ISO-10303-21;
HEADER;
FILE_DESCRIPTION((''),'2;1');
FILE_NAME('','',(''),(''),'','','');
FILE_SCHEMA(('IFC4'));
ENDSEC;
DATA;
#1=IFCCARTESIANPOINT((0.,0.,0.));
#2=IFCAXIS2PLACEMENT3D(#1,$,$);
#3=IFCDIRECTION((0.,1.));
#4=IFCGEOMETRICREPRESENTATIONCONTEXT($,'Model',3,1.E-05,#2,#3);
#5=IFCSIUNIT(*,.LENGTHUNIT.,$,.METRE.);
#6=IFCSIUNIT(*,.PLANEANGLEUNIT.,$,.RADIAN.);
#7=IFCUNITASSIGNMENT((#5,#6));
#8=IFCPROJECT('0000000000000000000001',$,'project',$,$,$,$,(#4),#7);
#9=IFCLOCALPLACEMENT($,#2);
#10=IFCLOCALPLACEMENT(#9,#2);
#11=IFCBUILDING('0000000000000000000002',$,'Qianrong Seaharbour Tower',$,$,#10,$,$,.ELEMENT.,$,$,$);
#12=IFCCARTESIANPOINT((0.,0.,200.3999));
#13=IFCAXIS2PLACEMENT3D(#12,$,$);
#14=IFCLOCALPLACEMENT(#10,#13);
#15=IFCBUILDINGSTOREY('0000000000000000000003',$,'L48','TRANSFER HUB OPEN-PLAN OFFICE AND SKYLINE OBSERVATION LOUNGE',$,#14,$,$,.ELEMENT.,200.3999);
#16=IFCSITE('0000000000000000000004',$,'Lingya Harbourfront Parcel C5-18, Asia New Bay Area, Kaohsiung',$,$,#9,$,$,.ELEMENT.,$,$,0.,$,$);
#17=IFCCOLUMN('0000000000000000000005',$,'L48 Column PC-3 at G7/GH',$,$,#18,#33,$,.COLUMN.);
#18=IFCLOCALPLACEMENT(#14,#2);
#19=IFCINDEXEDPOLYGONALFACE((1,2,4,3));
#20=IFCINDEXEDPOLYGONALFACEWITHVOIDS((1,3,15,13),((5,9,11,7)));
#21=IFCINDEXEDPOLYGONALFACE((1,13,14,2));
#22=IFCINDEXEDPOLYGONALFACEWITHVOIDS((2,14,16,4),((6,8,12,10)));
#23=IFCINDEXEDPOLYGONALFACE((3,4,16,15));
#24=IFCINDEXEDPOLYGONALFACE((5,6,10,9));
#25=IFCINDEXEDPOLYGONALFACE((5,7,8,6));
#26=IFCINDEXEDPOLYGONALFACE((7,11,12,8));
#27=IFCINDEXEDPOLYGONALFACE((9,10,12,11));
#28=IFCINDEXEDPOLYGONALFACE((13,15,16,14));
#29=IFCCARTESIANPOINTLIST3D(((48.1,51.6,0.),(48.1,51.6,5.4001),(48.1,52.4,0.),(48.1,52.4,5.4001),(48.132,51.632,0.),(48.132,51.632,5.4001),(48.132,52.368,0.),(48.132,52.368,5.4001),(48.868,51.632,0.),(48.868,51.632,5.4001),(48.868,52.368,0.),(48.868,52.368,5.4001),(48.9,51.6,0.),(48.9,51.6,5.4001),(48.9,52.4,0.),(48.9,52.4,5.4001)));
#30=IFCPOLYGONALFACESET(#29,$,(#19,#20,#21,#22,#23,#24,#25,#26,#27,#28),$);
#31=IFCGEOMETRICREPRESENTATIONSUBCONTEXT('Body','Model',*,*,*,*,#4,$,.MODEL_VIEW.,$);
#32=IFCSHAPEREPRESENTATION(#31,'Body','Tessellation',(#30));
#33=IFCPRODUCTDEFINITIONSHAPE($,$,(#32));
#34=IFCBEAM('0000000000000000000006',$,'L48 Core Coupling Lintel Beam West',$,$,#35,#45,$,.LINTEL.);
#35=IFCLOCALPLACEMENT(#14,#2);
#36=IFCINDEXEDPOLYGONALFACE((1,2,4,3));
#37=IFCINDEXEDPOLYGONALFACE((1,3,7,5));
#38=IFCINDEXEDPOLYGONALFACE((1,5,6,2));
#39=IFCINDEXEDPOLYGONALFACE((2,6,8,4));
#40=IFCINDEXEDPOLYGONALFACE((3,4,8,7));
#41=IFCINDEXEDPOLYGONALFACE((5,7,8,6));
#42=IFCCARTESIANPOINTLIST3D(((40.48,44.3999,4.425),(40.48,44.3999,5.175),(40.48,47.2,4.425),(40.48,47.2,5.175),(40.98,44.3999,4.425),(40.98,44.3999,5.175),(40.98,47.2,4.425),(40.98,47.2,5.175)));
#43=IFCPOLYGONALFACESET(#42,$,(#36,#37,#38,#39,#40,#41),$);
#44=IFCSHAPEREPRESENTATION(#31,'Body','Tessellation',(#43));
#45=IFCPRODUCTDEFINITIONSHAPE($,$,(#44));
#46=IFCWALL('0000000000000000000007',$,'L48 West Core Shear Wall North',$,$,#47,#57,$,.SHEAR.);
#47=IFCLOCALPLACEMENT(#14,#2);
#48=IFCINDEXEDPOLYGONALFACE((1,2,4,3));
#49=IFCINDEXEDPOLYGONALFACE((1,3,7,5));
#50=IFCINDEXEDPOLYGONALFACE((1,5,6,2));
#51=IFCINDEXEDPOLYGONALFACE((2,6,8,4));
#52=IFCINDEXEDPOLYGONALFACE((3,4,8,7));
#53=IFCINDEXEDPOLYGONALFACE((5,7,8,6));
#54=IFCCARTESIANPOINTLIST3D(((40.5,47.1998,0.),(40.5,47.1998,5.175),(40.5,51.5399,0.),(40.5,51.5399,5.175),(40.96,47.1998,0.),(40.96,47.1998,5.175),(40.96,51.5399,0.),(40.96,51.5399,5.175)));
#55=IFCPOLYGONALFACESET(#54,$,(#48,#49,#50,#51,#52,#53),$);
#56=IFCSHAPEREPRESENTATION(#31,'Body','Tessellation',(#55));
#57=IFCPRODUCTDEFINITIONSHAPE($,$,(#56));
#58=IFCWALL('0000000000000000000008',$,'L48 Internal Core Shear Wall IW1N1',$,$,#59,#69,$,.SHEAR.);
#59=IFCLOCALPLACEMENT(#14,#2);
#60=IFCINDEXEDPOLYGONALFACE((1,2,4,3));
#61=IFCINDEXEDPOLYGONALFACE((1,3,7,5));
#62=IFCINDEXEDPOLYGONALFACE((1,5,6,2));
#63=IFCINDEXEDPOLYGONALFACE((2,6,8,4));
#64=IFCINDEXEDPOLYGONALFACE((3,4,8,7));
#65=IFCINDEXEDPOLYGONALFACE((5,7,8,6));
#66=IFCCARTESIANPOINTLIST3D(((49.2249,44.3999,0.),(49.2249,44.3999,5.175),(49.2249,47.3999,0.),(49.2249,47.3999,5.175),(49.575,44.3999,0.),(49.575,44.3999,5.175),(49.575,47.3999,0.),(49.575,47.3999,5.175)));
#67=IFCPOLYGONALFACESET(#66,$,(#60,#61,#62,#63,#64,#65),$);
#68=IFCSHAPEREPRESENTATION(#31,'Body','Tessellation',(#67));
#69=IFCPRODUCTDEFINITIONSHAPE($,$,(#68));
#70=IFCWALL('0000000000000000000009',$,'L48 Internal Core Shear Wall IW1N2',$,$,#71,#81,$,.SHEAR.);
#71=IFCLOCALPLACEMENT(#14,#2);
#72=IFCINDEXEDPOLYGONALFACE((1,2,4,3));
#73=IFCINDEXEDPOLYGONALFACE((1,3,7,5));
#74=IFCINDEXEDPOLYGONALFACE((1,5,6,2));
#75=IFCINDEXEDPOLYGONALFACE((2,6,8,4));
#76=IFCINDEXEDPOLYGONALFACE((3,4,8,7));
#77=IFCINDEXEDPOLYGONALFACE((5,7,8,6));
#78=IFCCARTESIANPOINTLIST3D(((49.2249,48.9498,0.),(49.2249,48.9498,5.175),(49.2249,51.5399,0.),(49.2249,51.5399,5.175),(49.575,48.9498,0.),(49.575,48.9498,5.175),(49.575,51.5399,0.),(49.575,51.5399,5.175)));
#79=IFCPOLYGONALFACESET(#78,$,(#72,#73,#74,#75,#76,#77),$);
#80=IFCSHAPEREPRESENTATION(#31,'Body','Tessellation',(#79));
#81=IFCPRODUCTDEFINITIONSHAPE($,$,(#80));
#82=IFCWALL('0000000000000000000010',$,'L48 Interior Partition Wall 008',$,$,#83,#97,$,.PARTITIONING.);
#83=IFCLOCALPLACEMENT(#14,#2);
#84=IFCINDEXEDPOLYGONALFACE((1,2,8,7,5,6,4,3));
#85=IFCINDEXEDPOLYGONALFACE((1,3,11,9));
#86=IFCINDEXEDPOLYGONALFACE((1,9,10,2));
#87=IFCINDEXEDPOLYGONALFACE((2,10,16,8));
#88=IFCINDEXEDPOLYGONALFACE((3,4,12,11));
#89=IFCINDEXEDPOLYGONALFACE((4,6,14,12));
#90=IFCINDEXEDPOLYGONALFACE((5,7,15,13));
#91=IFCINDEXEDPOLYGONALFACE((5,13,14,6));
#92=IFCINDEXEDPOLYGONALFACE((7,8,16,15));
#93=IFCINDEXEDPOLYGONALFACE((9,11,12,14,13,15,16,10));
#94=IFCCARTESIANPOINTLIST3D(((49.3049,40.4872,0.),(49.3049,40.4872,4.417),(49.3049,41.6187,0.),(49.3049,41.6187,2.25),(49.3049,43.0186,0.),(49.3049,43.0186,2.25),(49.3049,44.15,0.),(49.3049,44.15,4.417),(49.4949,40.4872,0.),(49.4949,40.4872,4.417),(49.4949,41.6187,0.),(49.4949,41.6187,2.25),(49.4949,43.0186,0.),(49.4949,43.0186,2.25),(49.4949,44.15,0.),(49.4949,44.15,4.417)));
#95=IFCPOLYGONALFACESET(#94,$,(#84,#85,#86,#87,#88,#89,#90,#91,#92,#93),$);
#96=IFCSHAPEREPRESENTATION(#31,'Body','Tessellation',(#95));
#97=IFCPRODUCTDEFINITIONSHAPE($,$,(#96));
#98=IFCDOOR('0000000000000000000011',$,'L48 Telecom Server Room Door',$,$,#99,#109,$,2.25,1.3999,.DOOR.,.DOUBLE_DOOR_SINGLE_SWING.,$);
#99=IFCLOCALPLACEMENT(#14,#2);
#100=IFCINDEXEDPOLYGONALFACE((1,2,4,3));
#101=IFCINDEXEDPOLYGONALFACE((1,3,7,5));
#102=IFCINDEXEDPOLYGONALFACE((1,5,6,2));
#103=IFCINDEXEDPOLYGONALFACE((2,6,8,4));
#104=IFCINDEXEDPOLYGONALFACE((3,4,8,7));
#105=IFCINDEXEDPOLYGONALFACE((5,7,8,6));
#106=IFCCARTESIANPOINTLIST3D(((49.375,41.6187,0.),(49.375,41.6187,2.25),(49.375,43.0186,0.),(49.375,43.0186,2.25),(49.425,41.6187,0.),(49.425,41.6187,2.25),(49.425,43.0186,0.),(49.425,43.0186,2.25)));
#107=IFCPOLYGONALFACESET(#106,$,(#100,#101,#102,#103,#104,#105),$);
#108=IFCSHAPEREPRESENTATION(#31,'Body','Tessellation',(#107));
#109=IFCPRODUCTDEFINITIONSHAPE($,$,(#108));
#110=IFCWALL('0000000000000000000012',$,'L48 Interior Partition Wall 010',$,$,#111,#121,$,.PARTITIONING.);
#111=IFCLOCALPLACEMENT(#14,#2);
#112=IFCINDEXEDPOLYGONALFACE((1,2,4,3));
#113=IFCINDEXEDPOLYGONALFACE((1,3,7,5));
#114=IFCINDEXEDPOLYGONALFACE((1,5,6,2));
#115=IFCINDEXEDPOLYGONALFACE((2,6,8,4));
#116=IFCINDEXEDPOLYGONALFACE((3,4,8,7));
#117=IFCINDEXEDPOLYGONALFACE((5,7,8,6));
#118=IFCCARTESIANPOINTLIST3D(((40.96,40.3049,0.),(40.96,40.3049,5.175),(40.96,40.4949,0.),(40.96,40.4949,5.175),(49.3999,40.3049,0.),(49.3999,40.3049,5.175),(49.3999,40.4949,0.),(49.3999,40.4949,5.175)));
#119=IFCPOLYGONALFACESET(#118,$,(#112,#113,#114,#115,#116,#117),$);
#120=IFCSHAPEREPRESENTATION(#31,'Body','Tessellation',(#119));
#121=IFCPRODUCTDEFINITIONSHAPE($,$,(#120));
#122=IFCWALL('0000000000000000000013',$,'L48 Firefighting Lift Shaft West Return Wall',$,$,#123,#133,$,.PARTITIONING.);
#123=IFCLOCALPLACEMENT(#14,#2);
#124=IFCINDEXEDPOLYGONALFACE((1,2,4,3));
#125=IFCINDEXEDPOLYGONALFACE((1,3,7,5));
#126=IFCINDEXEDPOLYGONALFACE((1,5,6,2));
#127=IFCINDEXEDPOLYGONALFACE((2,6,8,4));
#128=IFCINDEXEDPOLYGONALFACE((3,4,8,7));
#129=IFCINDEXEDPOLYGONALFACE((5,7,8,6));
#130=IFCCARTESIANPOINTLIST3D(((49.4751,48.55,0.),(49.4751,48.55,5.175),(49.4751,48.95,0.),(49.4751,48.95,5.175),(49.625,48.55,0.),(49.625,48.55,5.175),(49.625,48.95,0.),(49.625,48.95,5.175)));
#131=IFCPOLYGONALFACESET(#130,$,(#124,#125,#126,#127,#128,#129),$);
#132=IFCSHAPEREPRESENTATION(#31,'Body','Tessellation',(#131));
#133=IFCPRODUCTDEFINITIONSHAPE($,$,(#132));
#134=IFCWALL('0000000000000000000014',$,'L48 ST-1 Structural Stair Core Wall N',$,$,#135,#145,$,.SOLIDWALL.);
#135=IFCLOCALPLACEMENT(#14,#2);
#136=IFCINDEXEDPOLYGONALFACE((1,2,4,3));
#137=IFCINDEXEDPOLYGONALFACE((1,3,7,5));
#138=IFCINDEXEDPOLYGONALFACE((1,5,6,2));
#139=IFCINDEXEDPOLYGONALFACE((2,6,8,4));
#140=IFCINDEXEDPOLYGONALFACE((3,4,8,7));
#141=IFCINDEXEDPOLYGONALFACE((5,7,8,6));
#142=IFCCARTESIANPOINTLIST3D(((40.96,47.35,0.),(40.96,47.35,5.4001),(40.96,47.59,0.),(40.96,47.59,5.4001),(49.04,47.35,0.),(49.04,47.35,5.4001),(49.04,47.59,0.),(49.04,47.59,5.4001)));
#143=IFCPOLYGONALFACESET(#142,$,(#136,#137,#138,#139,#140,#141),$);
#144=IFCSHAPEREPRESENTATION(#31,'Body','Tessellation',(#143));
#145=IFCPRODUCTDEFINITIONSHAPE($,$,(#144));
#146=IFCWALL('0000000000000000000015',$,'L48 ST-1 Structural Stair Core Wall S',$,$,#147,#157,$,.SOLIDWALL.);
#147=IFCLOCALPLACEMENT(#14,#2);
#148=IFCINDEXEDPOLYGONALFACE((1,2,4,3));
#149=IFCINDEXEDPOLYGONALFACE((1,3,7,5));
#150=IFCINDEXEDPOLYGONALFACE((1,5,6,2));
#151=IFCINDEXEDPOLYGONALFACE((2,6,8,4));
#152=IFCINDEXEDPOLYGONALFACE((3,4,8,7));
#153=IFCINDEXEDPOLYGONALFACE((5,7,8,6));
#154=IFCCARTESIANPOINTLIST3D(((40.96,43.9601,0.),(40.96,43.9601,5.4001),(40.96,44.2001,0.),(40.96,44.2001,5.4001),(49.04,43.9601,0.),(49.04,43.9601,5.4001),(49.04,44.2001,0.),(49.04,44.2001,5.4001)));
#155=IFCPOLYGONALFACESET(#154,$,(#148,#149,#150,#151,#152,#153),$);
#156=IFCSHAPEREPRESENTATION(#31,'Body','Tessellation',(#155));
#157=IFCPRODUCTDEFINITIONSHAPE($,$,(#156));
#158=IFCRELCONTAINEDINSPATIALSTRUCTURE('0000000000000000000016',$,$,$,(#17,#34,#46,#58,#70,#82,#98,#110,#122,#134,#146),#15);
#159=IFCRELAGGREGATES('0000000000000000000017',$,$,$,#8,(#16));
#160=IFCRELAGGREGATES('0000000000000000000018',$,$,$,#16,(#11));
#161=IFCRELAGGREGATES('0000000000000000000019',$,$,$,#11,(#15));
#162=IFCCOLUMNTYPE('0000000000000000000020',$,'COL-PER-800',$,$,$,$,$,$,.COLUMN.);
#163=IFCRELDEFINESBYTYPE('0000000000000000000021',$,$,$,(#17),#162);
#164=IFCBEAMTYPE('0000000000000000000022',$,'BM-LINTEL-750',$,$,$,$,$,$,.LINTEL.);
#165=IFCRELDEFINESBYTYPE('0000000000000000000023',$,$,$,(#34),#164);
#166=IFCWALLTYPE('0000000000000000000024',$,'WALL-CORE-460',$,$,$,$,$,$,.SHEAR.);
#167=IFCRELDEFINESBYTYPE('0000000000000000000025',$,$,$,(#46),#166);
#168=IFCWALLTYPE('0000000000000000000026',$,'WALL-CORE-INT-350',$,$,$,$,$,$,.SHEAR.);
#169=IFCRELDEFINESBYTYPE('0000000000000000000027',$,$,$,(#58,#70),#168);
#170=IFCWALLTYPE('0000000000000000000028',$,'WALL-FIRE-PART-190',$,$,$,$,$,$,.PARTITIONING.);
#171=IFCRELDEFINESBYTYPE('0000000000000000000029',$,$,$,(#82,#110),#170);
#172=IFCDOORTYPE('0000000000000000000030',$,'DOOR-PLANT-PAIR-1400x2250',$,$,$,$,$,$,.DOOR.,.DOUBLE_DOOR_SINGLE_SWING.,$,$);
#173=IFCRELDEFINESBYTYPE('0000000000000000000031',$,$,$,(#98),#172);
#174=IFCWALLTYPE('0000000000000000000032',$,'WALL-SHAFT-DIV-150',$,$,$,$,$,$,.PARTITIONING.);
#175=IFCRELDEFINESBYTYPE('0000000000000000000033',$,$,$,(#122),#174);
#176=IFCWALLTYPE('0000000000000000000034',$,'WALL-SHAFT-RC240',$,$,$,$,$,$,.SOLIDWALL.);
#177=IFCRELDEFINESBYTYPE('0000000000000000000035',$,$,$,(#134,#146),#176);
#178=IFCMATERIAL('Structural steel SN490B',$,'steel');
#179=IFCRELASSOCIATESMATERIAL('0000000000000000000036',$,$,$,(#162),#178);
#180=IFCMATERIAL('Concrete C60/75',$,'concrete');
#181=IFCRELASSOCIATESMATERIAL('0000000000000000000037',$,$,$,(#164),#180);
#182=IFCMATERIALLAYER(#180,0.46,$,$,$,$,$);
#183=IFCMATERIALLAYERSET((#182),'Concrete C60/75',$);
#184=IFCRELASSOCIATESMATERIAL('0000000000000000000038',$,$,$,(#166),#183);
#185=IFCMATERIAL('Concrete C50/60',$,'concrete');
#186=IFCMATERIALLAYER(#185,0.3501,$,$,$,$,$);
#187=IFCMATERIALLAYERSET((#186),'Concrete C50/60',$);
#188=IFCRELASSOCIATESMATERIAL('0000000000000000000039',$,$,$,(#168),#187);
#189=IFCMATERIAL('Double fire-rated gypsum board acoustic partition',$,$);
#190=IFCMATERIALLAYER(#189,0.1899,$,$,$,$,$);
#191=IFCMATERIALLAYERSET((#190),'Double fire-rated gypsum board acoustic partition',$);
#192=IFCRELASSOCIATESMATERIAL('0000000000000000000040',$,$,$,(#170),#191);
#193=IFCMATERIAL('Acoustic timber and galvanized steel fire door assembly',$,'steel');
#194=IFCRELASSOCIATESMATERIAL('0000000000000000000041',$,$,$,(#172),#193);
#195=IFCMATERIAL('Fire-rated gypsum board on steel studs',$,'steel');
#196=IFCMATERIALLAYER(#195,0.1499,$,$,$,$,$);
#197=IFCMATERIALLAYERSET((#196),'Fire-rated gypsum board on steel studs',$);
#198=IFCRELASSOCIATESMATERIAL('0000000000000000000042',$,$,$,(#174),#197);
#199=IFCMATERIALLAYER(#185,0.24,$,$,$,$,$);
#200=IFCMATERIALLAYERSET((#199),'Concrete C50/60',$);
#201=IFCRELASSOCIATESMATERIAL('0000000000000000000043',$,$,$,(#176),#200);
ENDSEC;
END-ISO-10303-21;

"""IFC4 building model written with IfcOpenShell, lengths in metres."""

from ifc_helpers import new_model, si_unit, direction, frame, frame_2d, origin, origin_2d, place, context, subcontext, project, spatial, rectangle, hollow_rectangle, extrude, material, layer, layer_set, material_profile, profile_set, type_object, element, fill, save


model = new_model("IFC4")

# Units and contexts
model_context = context("Model", 3, precision=1e-05, world=origin(), true_north=direction((0.0, 1.0)))
body_context = subcontext(model_context, "Body", "Model", "MODEL_VIEW")
ifc_project = project(units=[si_unit("LENGTHUNIT", "METRE"), si_unit("PLANEANGLEUNIT", "RADIAN")], contexts=[model_context])

# Site, building, storey
site_placement = place(None, origin())
site = spatial("IfcSite", under=ifc_project, at=site_placement, Name="Lingya Harbourfront Parcel C5-18, Asia New Bay Area, Kaohsiung", CompositionType="ELEMENT", RefElevation=0.0)
building_placement = place(site_placement, origin())
building = spatial("IfcBuilding", under=site, at=building_placement, Name="Qianrong Seaharbour Tower", CompositionType="ELEMENT")
storey_placement = place(building_placement, frame((0.0, 0.0, 200.3999)))
storey = spatial("IfcBuildingStorey", under=building, at=storey_placement, Name="L48", Description="TRANSFER HUB OPEN-PLAN OFFICE AND SKYLINE OBSERVATION LOUNGE", CompositionType="ELEMENT", Elevation=200.3999)

# Column
ifc_material_1 = material(Name="Structural steel SN490B", Category="steel")
ifc_material_profile_1 = material_profile(ifc_material_1, hollow_rectangle(XDim=0.8, YDim=0.8, WallThickness=0.032, at=origin_2d()), Name="BOX800x800x32")
ifc_profile_set_1 = profile_set([ifc_material_profile_1], Name="Structural steel SN490B")
column_type = type_object("IfcColumnType", Name="COL-PER-800", PredefinedType="COLUMN", material=ifc_profile_set_1)
column_placement = place(storey_placement, frame((48.5, 52.0, 0.0), z_axis=(0.0, 0.0, 1.0), x_axis=(1.0, 0.0, 0.0)))
element("IfcColumn", 1, at=column_placement, inside=storey, type_object=column_type, Name="L48 Column PC-3 at G7/GH", PredefinedType="COLUMN", context=body_context, shape_type="SweptSolid", body=[
    extrude(hollow_rectangle(XDim=0.8, YDim=0.8, WallThickness=0.032, at=origin_2d()), origin(), (0.0, 0.0, 1.0), 5.4001),
])

# Beam
ifc_material_2 = material(Name="Concrete C60/75", Category="concrete")
ifc_material_profile_2 = material_profile(ifc_material_2, rectangle(XDim=0.5, YDim=0.75, at=origin_2d()), Name="RC500x750")
ifc_profile_set_2 = profile_set([ifc_material_profile_2], Name="Concrete C60/75")
beam_type = type_object("IfcBeamType", Name="BM-LINTEL-750", PredefinedType="LINTEL", material=ifc_profile_set_2)
beam_placement = place(storey_placement, frame((40.73, 44.3999, 4.8), z_axis=(0.0, 1.0, 0.0), x_axis=(-1.0, 0.0, 0.0)))
element("IfcBeam", 2, at=beam_placement, inside=storey, type_object=beam_type, Name="L48 Core Coupling Lintel Beam West", PredefinedType="LINTEL", context=body_context, shape_type="SweptSolid", body=[
    extrude(rectangle(XDim=0.5, YDim=0.75, at=origin_2d()), origin(), (0.0, 0.0, 1.0), 2.8),
])

# Walls
ifc_layer_1 = layer(ifc_material_2, 0.46)
ifc_layer_set_1 = layer_set([ifc_layer_1], Name="Concrete C60/75")
wall_type_1 = type_object("IfcWallType", Name="WALL-CORE-460", PredefinedType="SHEAR", material=ifc_layer_set_1)
wall_1_placement = place(storey_placement, frame((40.73, 47.2, 0.0), z_axis=(0.0, 0.0, 1.0), x_axis=(0.0, 1.0, 0.0)))
element("IfcWall", 3, at=wall_1_placement, inside=storey, type_object=wall_type_1, Name="L48 West Core Shear Wall North", PredefinedType="SHEAR", context=body_context, shape_type="SweptSolid", body=[
    extrude(rectangle(XDim=4.3401, YDim=0.46, at=frame_2d((2.1699, 0.0))), origin(), (0.0, 0.0, 1.0), 5.175),
])
ifc_material_3 = material(Name="Concrete C50/60", Category="concrete")
ifc_layer_2 = layer(ifc_material_3, 0.3501)
ifc_layer_set_2 = layer_set([ifc_layer_2], Name="Concrete C50/60")
wall_type_2 = type_object("IfcWallType", Name="WALL-CORE-INT-350", PredefinedType="SHEAR", material=ifc_layer_set_2)
wall_2_placement = place(storey_placement, frame((49.3999, 44.3999, 0.0), z_axis=(0.0, 0.0, 1.0), x_axis=(0.0, 1.0, 0.0)))
element("IfcWall", 4, at=wall_2_placement, inside=storey, type_object=wall_type_2, Name="L48 Internal Core Shear Wall IW1N1", PredefinedType="SHEAR", context=body_context, shape_type="SweptSolid", body=[
    extrude(rectangle(XDim=3.0, YDim=0.3501, at=frame_2d((1.5, 0.0))), origin(), (0.0, 0.0, 1.0), 5.175),
])
wall_3_placement = place(storey_placement, frame((49.3999, 48.95, 0.0), z_axis=(0.0, 0.0, 1.0), x_axis=(0.0, 1.0, 0.0)))
element("IfcWall", 5, at=wall_3_placement, inside=storey, type_object=wall_type_2, Name="L48 Internal Core Shear Wall IW1N2", PredefinedType="SHEAR", context=body_context, shape_type="SweptSolid", body=[
    extrude(rectangle(XDim=2.5901, YDim=0.3501, at=frame_2d((1.2949, 0.0))), origin(), (0.0, 0.0, 1.0), 5.175),
])

# Wall, opening, door
ifc_material_4 = material(Name="Double fire-rated gypsum board acoustic partition")
ifc_layer_3 = layer(ifc_material_4, 0.1899)
ifc_layer_set_3 = layer_set([ifc_layer_3], Name="Double fire-rated gypsum board acoustic partition")
wall_type_3 = type_object("IfcWallType", Name="WALL-FIRE-PART-190", PredefinedType="PARTITIONING", material=ifc_layer_set_3)
wall_4_placement = place(storey_placement, frame((49.3999, 40.4871, 0.0), z_axis=(0.0, 0.0, 1.0), x_axis=(0.0, 1.0, 0.0)))
wall_4 = element("IfcWall", 6, at=wall_4_placement, inside=storey, type_object=wall_type_3, Name="L48 Interior Partition Wall 008", PredefinedType="PARTITIONING", context=body_context, shape_type="SweptSolid", body=[
    extrude(rectangle(XDim=3.6628, YDim=0.1899, at=frame_2d((1.8315, 0.0))), origin(), (0.0, 0.0, 1.0), 4.417),
])
opening_1_placement = place(wall_4_placement, frame((1.1316, 0.0, 0.0)))
opening_1 = element("IfcOpeningElement", 7, at=opening_1_placement, cuts=wall_4, PredefinedType="OPENING", context=body_context, shape_type="SweptSolid", body=[
    extrude(rectangle(XDim=1.3999, YDim=2.25, at=frame_2d((0.7, 1.125))), frame((0.0, 0.105, 0.0), z_axis=(0.0, -1.0, 0.0), x_axis=(1.0, 0.0, 0.0)), (0.0, 0.0, 1.0), 0.21),
])
ifc_material_5 = material(Name="Acoustic timber and galvanized steel fire door assembly", Category="steel")
door_type_1 = type_object("IfcDoorType", Name="DOOR-PLANT-PAIR-1400x2250", OperationType="DOUBLE_DOOR_SINGLE_SWING", PredefinedType="DOOR", material=ifc_material_5)
door_1_placement = place(opening_1_placement, origin())
door_1 = element("IfcDoor", 8, at=door_1_placement, inside=storey, type_object=door_type_1, Name="L48 Telecom Server Room Door", OperationType="DOUBLE_DOOR_SINGLE_SWING", OverallHeight=2.25, OverallWidth=1.3999, PredefinedType="DOOR", context=body_context, shape_type="SweptSolid", body=[
    extrude(rectangle(XDim=1.3999, YDim=2.25, at=frame_2d((0.7, 1.125))), frame((0.0, 0.0249, 0.0), z_axis=(0.0, -1.0, 0.0), x_axis=(1.0, 0.0, 0.0)), (0.0, 0.0, 1.0), 0.05),
])
fill(opening_1, door_1)

# Walls
wall_5_placement = place(storey_placement, frame((40.96, 40.3999, 0.0), z_axis=(0.0, 0.0, 1.0), x_axis=(1.0, 0.0, 0.0)))
element("IfcWall", 9, at=wall_5_placement, inside=storey, type_object=wall_type_3, Name="L48 Interior Partition Wall 010", PredefinedType="PARTITIONING", context=body_context, shape_type="SweptSolid", body=[
    extrude(rectangle(XDim=8.4399, YDim=0.1899, at=frame_2d((4.22, 0.0))), origin(), (0.0, 0.0, 1.0), 5.175),
])
ifc_material_6 = material(Name="Fire-rated gypsum board on steel studs", Category="steel")
ifc_layer_4 = layer(ifc_material_6, 0.1499)
ifc_layer_set_4 = layer_set([ifc_layer_4], Name="Fire-rated gypsum board on steel studs")
wall_type_4 = type_object("IfcWallType", Name="WALL-SHAFT-DIV-150", PredefinedType="PARTITIONING", material=ifc_layer_set_4)
wall_6_placement = place(storey_placement, frame((49.55, 48.55, 0.0), z_axis=(0.0, 0.0, 1.0), x_axis=(0.0, 1.0, 0.0)))
element("IfcWall", 10, at=wall_6_placement, inside=storey, type_object=wall_type_4, Name="L48 Firefighting Lift Shaft West Return Wall", PredefinedType="PARTITIONING", context=body_context, shape_type="SweptSolid", body=[
    extrude(rectangle(XDim=0.3999, YDim=0.1499, at=frame_2d((0.2, 0.0))), origin(), (0.0, 0.0, 1.0), 5.175),
])
ifc_layer_5 = layer(ifc_material_3, 0.24)
ifc_layer_set_5 = layer_set([ifc_layer_5], Name="Concrete C50/60")
wall_type_5 = type_object("IfcWallType", Name="WALL-SHAFT-RC240", PredefinedType="SOLIDWALL", material=ifc_layer_set_5)
for number, where, z_axis, x_axis, name in (
    (11, (40.96, 47.47, 0.0), (0.0, 0.0, 1.0), (1.0, 0.0, 0.0), "L48 ST-1 Structural Stair Core Wall N"),
    (12, (49.04, 44.0801, 0.0), (0.0, 0.0, 1.0), (-1.0, 0.0, 0.0), "L48 ST-1 Structural Stair Core Wall S"),
):
    element("IfcWall", number, at=place(storey_placement, frame(where, z_axis=z_axis, x_axis=x_axis)), inside=storey, type_object=wall_type_5, Name=name, PredefinedType="SOLIDWALL", context=body_context, shape_type="SweptSolid", body=[
        extrude(rectangle(XDim=8.0801, YDim=0.24, at=frame_2d((4.04, 0.0))), origin(), (0.0, 0.0, 1.0), 5.4001),
    ])

save(model, "model.ifc")
